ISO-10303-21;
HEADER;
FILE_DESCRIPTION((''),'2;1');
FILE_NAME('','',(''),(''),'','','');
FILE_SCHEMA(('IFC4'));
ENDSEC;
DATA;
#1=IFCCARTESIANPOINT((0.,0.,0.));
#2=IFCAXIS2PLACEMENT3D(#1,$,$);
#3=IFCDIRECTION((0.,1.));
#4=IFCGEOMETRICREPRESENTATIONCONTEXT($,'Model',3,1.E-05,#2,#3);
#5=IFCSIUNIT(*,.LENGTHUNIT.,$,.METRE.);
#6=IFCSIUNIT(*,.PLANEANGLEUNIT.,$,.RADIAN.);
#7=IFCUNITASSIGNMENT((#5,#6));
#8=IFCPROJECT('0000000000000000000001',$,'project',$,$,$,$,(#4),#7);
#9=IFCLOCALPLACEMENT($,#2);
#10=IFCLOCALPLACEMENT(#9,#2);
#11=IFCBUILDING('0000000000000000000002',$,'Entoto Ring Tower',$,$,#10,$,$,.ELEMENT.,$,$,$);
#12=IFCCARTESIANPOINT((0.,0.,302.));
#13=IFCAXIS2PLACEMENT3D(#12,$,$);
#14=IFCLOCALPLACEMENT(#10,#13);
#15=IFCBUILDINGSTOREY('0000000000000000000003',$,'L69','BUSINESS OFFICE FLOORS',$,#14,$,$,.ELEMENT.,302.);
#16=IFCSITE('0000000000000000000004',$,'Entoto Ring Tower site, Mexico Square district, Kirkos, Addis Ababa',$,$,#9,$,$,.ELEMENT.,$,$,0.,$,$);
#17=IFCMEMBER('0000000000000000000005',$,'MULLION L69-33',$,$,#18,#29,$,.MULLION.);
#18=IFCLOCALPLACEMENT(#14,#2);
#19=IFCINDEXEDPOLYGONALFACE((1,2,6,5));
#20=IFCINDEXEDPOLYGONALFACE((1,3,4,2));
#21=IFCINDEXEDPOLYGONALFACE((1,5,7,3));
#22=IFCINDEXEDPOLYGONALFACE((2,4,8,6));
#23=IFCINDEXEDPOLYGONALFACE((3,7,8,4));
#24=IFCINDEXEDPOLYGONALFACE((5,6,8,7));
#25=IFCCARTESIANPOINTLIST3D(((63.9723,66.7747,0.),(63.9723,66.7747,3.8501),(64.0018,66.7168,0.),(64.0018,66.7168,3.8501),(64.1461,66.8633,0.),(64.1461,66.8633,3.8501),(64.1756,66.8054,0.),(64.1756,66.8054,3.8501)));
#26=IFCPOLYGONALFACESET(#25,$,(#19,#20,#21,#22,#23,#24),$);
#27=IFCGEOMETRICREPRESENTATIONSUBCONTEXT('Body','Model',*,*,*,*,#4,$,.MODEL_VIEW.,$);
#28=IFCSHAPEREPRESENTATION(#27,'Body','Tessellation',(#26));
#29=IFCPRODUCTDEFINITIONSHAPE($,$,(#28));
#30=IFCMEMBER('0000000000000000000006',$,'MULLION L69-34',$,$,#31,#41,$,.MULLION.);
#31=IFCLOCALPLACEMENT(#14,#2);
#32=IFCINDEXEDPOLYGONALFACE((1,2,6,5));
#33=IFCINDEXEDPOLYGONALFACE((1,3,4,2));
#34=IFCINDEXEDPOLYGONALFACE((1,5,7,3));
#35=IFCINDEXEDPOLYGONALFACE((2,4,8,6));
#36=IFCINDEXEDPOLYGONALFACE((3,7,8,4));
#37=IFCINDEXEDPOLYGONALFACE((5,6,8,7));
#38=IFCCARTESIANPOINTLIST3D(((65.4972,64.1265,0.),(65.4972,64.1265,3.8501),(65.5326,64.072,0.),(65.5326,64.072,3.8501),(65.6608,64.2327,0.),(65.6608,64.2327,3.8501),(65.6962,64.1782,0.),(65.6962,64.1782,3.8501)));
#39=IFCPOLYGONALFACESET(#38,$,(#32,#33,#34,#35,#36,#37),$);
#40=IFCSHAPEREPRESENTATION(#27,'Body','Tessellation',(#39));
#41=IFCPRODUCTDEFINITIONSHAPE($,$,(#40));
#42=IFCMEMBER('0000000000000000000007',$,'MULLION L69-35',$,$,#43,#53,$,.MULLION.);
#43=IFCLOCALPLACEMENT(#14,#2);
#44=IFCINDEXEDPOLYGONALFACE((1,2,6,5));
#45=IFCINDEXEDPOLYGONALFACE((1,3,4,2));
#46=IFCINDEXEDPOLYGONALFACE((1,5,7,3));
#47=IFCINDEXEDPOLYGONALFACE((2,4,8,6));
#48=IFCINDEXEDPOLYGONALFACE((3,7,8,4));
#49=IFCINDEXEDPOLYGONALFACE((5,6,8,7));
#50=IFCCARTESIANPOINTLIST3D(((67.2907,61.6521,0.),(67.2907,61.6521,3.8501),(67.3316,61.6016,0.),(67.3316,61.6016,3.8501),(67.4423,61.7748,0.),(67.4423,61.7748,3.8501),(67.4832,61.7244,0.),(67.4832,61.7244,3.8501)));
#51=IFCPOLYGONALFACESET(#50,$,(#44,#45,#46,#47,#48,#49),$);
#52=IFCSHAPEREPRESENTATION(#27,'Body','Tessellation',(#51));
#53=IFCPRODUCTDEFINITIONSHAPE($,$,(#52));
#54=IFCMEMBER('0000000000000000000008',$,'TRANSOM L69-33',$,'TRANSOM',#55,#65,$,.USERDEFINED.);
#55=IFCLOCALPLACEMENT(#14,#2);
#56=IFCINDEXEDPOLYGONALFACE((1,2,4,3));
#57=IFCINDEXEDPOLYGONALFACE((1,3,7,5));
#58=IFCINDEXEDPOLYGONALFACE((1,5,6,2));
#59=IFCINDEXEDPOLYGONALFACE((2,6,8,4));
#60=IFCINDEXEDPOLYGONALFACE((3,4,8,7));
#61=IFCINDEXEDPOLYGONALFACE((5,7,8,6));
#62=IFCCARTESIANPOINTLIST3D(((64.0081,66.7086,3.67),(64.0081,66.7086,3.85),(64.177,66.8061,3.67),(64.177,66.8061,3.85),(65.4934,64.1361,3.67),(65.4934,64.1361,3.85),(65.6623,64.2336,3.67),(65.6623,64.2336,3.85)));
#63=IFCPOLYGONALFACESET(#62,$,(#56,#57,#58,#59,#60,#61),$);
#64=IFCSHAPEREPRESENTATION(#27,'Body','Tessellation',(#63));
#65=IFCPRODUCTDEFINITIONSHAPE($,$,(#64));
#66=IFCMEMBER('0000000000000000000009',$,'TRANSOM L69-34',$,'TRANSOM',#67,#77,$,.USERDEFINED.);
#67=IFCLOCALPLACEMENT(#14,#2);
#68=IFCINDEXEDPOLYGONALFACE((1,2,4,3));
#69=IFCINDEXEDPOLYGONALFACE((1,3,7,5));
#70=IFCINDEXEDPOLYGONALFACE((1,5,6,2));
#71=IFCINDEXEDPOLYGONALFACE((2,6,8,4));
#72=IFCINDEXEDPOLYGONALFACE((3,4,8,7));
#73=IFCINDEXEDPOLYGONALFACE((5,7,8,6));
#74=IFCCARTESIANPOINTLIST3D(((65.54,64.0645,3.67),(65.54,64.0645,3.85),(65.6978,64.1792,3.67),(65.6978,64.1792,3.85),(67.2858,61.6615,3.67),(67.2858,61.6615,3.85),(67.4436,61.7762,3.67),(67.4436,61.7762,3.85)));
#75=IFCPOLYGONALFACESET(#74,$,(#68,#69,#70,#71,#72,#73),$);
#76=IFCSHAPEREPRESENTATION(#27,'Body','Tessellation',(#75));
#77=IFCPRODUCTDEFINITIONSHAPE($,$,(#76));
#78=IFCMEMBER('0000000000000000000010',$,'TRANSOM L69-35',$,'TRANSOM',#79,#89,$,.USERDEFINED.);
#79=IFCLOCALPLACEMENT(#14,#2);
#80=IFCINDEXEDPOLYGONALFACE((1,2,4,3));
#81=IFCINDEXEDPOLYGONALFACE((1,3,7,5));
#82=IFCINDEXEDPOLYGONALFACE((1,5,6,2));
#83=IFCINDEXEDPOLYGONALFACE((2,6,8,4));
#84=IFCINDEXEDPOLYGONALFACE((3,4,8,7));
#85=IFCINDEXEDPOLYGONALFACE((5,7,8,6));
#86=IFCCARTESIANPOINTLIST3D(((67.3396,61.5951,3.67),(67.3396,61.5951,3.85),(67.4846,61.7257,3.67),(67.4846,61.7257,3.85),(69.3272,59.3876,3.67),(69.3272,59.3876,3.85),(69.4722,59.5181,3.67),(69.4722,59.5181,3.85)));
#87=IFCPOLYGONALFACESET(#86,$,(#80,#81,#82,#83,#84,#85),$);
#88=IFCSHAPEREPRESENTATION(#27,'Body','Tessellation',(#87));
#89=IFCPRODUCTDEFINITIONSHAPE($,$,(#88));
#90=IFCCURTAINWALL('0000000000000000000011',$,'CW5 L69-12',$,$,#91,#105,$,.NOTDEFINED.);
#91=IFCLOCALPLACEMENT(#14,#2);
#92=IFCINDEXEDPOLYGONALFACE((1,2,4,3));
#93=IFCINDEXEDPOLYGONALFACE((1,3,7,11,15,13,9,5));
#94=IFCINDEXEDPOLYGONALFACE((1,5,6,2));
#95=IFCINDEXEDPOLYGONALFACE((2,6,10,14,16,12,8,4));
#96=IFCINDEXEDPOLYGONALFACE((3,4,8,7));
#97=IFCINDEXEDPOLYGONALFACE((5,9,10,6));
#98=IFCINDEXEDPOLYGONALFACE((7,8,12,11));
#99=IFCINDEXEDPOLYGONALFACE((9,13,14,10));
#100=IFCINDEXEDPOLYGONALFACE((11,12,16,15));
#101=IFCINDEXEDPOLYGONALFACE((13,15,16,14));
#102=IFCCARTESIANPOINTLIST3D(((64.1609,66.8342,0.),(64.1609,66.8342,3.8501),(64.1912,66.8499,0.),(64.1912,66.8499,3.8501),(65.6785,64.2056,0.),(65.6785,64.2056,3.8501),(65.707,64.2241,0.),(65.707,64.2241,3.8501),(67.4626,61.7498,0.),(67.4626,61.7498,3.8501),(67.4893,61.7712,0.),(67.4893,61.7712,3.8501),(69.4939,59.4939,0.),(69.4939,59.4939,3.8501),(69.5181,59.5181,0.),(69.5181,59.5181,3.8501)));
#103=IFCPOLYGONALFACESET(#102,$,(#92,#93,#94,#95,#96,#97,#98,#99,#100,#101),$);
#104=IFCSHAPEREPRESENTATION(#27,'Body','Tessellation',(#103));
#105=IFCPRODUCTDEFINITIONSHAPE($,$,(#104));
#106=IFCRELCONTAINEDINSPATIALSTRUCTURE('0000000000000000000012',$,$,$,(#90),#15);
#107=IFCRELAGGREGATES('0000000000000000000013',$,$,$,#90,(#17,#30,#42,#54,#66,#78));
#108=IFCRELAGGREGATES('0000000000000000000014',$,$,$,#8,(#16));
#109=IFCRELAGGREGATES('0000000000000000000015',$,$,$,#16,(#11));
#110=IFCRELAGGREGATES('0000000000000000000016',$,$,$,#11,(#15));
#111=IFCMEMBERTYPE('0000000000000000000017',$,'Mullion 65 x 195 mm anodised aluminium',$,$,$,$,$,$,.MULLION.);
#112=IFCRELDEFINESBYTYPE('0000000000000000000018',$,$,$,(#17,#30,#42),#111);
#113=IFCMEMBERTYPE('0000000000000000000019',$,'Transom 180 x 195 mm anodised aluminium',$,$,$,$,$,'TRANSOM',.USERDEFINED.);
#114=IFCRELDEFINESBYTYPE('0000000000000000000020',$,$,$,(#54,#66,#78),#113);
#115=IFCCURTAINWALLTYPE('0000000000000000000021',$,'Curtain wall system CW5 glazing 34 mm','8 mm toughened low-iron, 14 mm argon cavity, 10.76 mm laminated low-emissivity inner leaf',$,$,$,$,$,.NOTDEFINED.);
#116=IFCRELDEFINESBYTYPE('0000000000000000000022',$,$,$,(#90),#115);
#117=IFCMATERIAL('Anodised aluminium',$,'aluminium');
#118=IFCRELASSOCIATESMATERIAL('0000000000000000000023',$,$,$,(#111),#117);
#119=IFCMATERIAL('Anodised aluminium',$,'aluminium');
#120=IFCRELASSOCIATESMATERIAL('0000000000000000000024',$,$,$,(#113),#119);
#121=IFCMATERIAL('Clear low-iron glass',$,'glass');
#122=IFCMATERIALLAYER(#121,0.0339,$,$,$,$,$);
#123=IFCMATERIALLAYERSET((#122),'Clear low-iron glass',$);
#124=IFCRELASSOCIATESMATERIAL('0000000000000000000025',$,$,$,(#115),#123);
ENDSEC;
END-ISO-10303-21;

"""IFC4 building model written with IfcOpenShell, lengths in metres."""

from ifc_helpers import new_model, si_unit, direction, frame, origin, origin_2d, place, context, subcontext, project, spatial, polyline, rectangle, outline, extrude, material, layer, layer_set, material_profile, profile_set, type_object, element, aggregate, save


model = new_model("IFC4")

# Units and contexts
model_context = context("Model", 3, precision=1e-05, world=origin(), true_north=direction((0.0, 1.0)))
body_context = subcontext(model_context, "Body", "Model", "MODEL_VIEW")
ifc_project = project(units=[si_unit("LENGTHUNIT", "METRE"), si_unit("PLANEANGLEUNIT", "RADIAN")], contexts=[model_context])

# Members
ifc_material_1 = material(Name="Anodised aluminium", Category="aluminium")
ifc_material_profile_1 = material_profile(ifc_material_1, rectangle(XDim=0.0649, YDim=0.1951, at=origin_2d()), Name="Mullion 65 x 195 mm anodised aluminium")
ifc_profile_set_1 = profile_set([ifc_material_profile_1], Name="Anodised aluminium")
member_type_1 = type_object("IfcMemberType", Name="Mullion 65 x 195 mm anodised aluminium", PredefinedType="MULLION", material=ifc_profile_set_1)
site_placement = place(None, origin())
building_placement = place(site_placement, origin())
storey_placement = place(building_placement, frame((0.0, 0.0, 302.0)))
member_1_placement = place(storey_placement, frame((64.074, 66.79, 0.0), z_axis=(0.0, 0.0, 1.0), x_axis=(0.45399, -0.891007, 0.0)))
member_1 = element("IfcMember", 1, at=member_1_placement, type_object=member_type_1, Name="MULLION L69-33", PredefinedType="MULLION", context=body_context, shape_type="SweptSolid", body=[
    extrude(rectangle(XDim=0.0649, YDim=0.1951, at=origin_2d()), origin(), (0.0, 0.0, 1.0), 3.8501),
])
member_2_placement = place(storey_placement, frame((65.5967, 64.1523, 0.0), z_axis=(0.0, 0.0, 1.0), x_axis=(0.544639, -0.838671, 0.0)))
member_2 = element("IfcMember", 2, at=member_2_placement, type_object=member_type_1, Name="MULLION L69-34", PredefinedType="MULLION", context=body_context, shape_type="SweptSolid", body=[
    extrude(rectangle(XDim=0.0649, YDim=0.1951, at=origin_2d()), origin(), (0.0, 0.0, 1.0), 3.8501),
])
member_3_placement = place(storey_placement, frame((67.387, 61.6882, 0.0), z_axis=(0.0, 0.0, 1.0), x_axis=(0.62932, -0.777146, 0.0)))
member_3 = element("IfcMember", 3, at=member_3_placement, type_object=member_type_1, Name="MULLION L69-35", PredefinedType="MULLION", context=body_context, shape_type="SweptSolid", body=[
    extrude(rectangle(XDim=0.0649, YDim=0.1951, at=origin_2d()), origin(), (0.0, 0.0, 1.0), 3.8501),
])
ifc_material_2 = material(Name="Anodised aluminium", Category="aluminium")
ifc_material_profile_2 = material_profile(ifc_material_2, rectangle(XDim=0.1951, YDim=0.1799, at=origin_2d()), Name="Transom 180 x 195 mm anodised aluminium")
ifc_profile_set_2 = profile_set([ifc_material_profile_2], Name="Anodised aluminium")
member_type_2 = type_object("IfcMemberType", Name="Transom 180 x 195 mm anodised aluminium", ElementType="TRANSOM", PredefinedType="USERDEFINED", material=ifc_profile_set_2)
member_4_placement = place(storey_placement, frame((64.0925, 66.7573, 3.76), z_axis=(0.500028, -0.866009, 0.0), x_axis=(0.866009, 0.500028, 0.0)))
member_4 = element("IfcMember", 4, at=member_4_placement, type_object=member_type_2, Name="TRANSOM L69-33", ObjectType="TRANSOM", PredefinedType="USERDEFINED", context=body_context, shape_type="SweptSolid", body=[
    extrude(rectangle(XDim=0.1951, YDim=0.1799, at=origin_2d()), origin(), (0.0, 0.0, 1.0), 2.9705),
])
member_5_placement = place(storey_placement, frame((65.6189, 64.1218, 3.76), z_axis=(0.587766, -0.809031, 0.0), x_axis=(0.809031, 0.587766, 0.0)))
member_5 = element("IfcMember", 5, at=member_5_placement, type_object=member_type_2, Name="TRANSOM L69-34", ObjectType="TRANSOM", PredefinedType="USERDEFINED", context=body_context, shape_type="SweptSolid", body=[
    extrude(rectangle(XDim=0.1951, YDim=0.1799, at=origin_2d()), origin(), (0.0, 0.0, 1.0), 2.9702),
])
member_6_placement = place(storey_placement, frame((67.4121, 61.6604, 3.76), z_axis=(0.66911, -0.743163, 0.0), x_axis=(0.743163, 0.66911, 0.0)))
member_6 = element("IfcMember", 6, at=member_6_placement, type_object=member_type_2, Name="TRANSOM L69-35", ObjectType="TRANSOM", PredefinedType="USERDEFINED", context=body_context, shape_type="SweptSolid", body=[
    extrude(rectangle(XDim=0.1951, YDim=0.1799, at=origin_2d()), origin(), (0.0, 0.0, 1.0), 2.9705),
])

# Site, building, storey
site = spatial("IfcSite", under=ifc_project, at=site_placement, Name="Entoto Ring Tower site, Mexico Square district, Kirkos, Addis Ababa", CompositionType="ELEMENT", RefElevation=0.0)
building = spatial("IfcBuilding", under=site, at=building_placement, Name="Entoto Ring Tower", CompositionType="ELEMENT")
storey = spatial("IfcBuildingStorey", under=building, at=storey_placement, Name="L69", Description="BUSINESS OFFICE FLOORS", CompositionType="ELEMENT", Elevation=302.0)

# Curtain wall
ifc_material_3 = material(Name="Clear low-iron glass", Category="glass")
ifc_layer = layer(ifc_material_3, 0.0339)
ifc_layer_set = layer_set([ifc_layer], Name="Clear low-iron glass")
curtain_wall_type = type_object("IfcCurtainWallType", Name="Curtain wall system CW5 glazing 34 mm", Description="8 mm toughened low-iron, 14 mm argon cavity, 10.76 mm laminated low-emissivity inner leaf", PredefinedType="NOTDEFINED", material=ifc_layer_set)
curtain_wall_1_placement = place(storey_placement, origin())
curtain_wall_1 = element("IfcCurtainWall", 7, at=curtain_wall_1_placement, inside=storey, type_object=curtain_wall_type, Name="CW5 L69-12", PredefinedType="NOTDEFINED", context=body_context, shape_type="SweptSolid", body=[
    extrude(outline(polyline([(64.1609, 66.8342), (65.6785, 64.2056), (67.4626, 61.7498), (69.4939, 59.4939), (69.5181, 59.5181), (67.4893, 61.7712), (65.707, 64.2241), (64.1912, 66.8499), (64.1609, 66.8342)])), origin(), (0.0, 0.0, 1.0), 3.8501),
])
aggregate(curtain_wall_1, [member_1, member_2, member_3, member_4, member_5, member_6])

save(model, "model.ifc")
